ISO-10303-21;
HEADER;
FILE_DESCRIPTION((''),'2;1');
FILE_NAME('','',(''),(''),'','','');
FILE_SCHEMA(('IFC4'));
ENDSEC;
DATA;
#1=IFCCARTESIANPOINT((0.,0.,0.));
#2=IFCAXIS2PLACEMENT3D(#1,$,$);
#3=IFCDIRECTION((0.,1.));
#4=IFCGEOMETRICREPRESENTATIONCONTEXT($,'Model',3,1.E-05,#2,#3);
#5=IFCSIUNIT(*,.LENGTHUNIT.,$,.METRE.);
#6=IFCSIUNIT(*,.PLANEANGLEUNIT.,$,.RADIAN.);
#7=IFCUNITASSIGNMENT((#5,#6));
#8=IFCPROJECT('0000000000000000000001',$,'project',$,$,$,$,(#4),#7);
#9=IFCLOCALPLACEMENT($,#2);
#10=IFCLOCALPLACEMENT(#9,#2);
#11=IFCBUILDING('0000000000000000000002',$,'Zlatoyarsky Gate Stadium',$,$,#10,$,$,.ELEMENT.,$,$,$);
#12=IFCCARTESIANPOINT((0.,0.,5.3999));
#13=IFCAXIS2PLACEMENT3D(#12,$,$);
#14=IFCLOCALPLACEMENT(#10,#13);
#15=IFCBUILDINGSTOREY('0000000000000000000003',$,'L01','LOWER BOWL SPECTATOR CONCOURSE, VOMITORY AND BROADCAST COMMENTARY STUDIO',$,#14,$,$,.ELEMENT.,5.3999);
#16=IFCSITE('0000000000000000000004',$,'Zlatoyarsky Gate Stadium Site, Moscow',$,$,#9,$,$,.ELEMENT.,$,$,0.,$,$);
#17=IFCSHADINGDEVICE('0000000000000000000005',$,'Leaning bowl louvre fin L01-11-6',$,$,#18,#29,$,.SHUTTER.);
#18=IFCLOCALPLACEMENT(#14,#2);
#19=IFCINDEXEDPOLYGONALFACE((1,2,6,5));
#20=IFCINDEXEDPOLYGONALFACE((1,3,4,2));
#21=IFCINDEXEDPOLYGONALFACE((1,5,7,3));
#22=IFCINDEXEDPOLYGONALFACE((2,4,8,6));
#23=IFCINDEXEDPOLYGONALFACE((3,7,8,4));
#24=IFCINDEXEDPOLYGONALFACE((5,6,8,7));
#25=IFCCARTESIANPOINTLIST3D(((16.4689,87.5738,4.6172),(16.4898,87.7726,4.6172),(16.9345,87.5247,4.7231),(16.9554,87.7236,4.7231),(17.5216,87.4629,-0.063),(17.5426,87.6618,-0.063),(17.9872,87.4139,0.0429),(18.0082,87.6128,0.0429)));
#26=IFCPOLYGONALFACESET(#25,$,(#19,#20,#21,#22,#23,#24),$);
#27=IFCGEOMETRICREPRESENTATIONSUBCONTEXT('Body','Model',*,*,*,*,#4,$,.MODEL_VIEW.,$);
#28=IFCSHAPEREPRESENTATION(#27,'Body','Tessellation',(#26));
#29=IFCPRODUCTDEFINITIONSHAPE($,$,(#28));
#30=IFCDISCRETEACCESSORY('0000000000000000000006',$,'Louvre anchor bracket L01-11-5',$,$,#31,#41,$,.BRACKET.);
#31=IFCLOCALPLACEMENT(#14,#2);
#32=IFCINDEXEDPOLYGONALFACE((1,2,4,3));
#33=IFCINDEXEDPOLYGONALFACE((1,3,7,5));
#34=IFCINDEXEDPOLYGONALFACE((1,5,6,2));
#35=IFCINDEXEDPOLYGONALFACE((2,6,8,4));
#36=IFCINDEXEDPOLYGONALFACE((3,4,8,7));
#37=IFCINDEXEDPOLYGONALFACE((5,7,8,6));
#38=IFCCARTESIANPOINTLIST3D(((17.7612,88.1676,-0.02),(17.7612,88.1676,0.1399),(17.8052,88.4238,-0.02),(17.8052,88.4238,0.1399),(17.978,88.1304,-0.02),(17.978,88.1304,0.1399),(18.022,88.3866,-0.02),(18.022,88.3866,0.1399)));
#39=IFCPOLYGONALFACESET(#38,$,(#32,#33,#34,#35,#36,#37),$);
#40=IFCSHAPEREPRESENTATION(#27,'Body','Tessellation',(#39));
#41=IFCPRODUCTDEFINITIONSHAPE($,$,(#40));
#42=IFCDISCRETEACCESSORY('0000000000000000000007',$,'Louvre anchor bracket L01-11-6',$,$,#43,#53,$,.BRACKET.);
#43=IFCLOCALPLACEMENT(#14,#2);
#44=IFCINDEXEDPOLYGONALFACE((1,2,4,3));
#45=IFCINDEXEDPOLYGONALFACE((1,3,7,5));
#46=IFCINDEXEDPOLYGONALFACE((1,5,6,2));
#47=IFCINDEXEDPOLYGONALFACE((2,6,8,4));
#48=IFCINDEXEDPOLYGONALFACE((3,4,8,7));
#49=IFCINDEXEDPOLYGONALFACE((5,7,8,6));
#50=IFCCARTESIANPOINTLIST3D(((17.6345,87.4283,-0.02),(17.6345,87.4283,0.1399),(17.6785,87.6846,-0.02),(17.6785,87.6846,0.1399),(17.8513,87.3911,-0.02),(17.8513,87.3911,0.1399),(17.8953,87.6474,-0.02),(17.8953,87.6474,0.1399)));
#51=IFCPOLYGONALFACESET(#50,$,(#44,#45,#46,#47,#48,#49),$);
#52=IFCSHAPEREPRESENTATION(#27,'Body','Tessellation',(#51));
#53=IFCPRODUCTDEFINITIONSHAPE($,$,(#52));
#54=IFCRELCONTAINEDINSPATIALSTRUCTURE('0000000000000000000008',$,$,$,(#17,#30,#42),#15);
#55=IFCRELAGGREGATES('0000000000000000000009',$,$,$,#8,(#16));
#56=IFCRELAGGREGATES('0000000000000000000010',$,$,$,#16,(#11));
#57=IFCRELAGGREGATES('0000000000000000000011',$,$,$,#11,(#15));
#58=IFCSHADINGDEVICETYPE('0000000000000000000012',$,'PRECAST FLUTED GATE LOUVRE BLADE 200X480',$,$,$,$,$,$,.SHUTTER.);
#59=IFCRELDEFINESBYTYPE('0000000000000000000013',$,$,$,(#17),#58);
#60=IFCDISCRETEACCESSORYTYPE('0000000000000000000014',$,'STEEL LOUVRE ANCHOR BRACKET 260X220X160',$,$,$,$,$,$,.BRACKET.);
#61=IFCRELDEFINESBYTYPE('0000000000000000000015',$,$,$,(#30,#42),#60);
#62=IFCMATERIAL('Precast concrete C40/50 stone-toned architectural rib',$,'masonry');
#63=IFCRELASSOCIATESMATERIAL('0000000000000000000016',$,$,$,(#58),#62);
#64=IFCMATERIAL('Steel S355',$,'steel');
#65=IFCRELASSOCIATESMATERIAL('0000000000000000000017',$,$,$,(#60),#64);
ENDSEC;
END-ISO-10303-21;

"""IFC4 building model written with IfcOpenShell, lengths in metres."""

from ifc_helpers import new_model, si_unit, direction, frame, origin, origin_2d, place, context, subcontext, project, spatial, rectangle, extrude, material, material_profile, profile_set, type_object, element, save


model = new_model("IFC4")

# Units and contexts
model_context = context("Model", 3, precision=1e-05, world=origin(), true_north=direction((0.0, 1.0)))
body_context = subcontext(model_context, "Body", "Model", "MODEL_VIEW")
ifc_project = project(units=[si_unit("LENGTHUNIT", "METRE"), si_unit("PLANEANGLEUNIT", "RADIAN")], contexts=[model_context])

# Site, building, storey
site_placement = place(None, origin())
site = spatial("IfcSite", under=ifc_project, at=site_placement, Name="Zlatoyarsky Gate Stadium Site, Moscow", CompositionType="ELEMENT", RefElevation=0.0)
building_placement = place(site_placement, origin())
building = spatial("IfcBuilding", under=site, at=building_placement, Name="Zlatoyarsky Gate Stadium", CompositionType="ELEMENT")
storey_placement = place(building_placement, frame((0.0, 0.0, 5.3999)))
storey = spatial("IfcBuildingStorey", under=building, at=storey_placement, Name="L01", Description="LOWER BOWL SPECTATOR CONCOURSE, VOMITORY AND BROADCAST COMMENTARY STUDIO", CompositionType="ELEMENT", Elevation=5.3999)

# Shared definitions
ifc_material_1 = material(Name="Steel S355", Category="steel")

# Shading device
ifc_material_2 = material(Name="Precast concrete C40/50 stone-toned architectural rib", Category="masonry")
ifc_material_profile_1 = material_profile(ifc_material_2, rectangle(XDim=0.2, YDim=0.48, at=origin_2d()), Name="RIB 200X480")
ifc_profile_set_1 = profile_set([ifc_material_profile_1], Name="Precast concrete C40/50 stone-toned architectural rib")
shading_device_type = type_object("IfcShadingDeviceType", Name="PRECAST FLUTED GATE LOUVRE BLADE 200X480", PredefinedType="SHUTTER", material=ifc_profile_set_1)
for number, where, z_axis, x_axis, name in (
    (1, (17.7649, 87.5378, -0.01), (-0.219393, 0.023099, 0.975363), (-0.104709, -0.994503, 0.0), "Leaning bowl louvre fin L01-11-6"),
):
    element("IfcShadingDevice", number, at=place(storey_placement, frame(where, z_axis=z_axis, x_axis=x_axis)), inside=storey, type_object=shading_device_type, Name=name, PredefinedType="SHUTTER", context=body_context, shape_type="SweptSolid", body=[
        extrude(rectangle(XDim=0.2, YDim=0.48, at=origin_2d()), origin(), (0.0, 0.0, 1.0), 4.7983),
    ])

# Discrete accessories
discrete_accessory_type = type_object("IfcDiscreteAccessoryType", Name="STEEL LOUVRE ANCHOR BRACKET 260X220X160", PredefinedType="BRACKET", material=ifc_material_1)
for number, where, z_axis, x_axis, name in (
    (2, (17.8916, 88.2771, -0.02), (0.0, 0.0, 1.0), (-0.169116, -0.985596, 0.0), "Louvre anchor bracket L01-11-5"),
    (3, (17.7649, 87.5378, -0.02), (0.0, 0.0, 1.0), (-0.169116, -0.985596, 0.0), "Louvre anchor bracket L01-11-6"),
):
    element("IfcDiscreteAccessory", number, at=place(storey_placement, frame(where, z_axis=z_axis, x_axis=x_axis)), inside=storey, type_object=discrete_accessory_type, Name=name, PredefinedType="BRACKET", context=body_context, shape_type="SweptSolid", body=[
        extrude(rectangle(XDim=0.26, YDim=0.22, at=origin_2d()), origin(), (0.0, 0.0, 1.0), 0.1599),
    ])

save(model, "model.ifc")
